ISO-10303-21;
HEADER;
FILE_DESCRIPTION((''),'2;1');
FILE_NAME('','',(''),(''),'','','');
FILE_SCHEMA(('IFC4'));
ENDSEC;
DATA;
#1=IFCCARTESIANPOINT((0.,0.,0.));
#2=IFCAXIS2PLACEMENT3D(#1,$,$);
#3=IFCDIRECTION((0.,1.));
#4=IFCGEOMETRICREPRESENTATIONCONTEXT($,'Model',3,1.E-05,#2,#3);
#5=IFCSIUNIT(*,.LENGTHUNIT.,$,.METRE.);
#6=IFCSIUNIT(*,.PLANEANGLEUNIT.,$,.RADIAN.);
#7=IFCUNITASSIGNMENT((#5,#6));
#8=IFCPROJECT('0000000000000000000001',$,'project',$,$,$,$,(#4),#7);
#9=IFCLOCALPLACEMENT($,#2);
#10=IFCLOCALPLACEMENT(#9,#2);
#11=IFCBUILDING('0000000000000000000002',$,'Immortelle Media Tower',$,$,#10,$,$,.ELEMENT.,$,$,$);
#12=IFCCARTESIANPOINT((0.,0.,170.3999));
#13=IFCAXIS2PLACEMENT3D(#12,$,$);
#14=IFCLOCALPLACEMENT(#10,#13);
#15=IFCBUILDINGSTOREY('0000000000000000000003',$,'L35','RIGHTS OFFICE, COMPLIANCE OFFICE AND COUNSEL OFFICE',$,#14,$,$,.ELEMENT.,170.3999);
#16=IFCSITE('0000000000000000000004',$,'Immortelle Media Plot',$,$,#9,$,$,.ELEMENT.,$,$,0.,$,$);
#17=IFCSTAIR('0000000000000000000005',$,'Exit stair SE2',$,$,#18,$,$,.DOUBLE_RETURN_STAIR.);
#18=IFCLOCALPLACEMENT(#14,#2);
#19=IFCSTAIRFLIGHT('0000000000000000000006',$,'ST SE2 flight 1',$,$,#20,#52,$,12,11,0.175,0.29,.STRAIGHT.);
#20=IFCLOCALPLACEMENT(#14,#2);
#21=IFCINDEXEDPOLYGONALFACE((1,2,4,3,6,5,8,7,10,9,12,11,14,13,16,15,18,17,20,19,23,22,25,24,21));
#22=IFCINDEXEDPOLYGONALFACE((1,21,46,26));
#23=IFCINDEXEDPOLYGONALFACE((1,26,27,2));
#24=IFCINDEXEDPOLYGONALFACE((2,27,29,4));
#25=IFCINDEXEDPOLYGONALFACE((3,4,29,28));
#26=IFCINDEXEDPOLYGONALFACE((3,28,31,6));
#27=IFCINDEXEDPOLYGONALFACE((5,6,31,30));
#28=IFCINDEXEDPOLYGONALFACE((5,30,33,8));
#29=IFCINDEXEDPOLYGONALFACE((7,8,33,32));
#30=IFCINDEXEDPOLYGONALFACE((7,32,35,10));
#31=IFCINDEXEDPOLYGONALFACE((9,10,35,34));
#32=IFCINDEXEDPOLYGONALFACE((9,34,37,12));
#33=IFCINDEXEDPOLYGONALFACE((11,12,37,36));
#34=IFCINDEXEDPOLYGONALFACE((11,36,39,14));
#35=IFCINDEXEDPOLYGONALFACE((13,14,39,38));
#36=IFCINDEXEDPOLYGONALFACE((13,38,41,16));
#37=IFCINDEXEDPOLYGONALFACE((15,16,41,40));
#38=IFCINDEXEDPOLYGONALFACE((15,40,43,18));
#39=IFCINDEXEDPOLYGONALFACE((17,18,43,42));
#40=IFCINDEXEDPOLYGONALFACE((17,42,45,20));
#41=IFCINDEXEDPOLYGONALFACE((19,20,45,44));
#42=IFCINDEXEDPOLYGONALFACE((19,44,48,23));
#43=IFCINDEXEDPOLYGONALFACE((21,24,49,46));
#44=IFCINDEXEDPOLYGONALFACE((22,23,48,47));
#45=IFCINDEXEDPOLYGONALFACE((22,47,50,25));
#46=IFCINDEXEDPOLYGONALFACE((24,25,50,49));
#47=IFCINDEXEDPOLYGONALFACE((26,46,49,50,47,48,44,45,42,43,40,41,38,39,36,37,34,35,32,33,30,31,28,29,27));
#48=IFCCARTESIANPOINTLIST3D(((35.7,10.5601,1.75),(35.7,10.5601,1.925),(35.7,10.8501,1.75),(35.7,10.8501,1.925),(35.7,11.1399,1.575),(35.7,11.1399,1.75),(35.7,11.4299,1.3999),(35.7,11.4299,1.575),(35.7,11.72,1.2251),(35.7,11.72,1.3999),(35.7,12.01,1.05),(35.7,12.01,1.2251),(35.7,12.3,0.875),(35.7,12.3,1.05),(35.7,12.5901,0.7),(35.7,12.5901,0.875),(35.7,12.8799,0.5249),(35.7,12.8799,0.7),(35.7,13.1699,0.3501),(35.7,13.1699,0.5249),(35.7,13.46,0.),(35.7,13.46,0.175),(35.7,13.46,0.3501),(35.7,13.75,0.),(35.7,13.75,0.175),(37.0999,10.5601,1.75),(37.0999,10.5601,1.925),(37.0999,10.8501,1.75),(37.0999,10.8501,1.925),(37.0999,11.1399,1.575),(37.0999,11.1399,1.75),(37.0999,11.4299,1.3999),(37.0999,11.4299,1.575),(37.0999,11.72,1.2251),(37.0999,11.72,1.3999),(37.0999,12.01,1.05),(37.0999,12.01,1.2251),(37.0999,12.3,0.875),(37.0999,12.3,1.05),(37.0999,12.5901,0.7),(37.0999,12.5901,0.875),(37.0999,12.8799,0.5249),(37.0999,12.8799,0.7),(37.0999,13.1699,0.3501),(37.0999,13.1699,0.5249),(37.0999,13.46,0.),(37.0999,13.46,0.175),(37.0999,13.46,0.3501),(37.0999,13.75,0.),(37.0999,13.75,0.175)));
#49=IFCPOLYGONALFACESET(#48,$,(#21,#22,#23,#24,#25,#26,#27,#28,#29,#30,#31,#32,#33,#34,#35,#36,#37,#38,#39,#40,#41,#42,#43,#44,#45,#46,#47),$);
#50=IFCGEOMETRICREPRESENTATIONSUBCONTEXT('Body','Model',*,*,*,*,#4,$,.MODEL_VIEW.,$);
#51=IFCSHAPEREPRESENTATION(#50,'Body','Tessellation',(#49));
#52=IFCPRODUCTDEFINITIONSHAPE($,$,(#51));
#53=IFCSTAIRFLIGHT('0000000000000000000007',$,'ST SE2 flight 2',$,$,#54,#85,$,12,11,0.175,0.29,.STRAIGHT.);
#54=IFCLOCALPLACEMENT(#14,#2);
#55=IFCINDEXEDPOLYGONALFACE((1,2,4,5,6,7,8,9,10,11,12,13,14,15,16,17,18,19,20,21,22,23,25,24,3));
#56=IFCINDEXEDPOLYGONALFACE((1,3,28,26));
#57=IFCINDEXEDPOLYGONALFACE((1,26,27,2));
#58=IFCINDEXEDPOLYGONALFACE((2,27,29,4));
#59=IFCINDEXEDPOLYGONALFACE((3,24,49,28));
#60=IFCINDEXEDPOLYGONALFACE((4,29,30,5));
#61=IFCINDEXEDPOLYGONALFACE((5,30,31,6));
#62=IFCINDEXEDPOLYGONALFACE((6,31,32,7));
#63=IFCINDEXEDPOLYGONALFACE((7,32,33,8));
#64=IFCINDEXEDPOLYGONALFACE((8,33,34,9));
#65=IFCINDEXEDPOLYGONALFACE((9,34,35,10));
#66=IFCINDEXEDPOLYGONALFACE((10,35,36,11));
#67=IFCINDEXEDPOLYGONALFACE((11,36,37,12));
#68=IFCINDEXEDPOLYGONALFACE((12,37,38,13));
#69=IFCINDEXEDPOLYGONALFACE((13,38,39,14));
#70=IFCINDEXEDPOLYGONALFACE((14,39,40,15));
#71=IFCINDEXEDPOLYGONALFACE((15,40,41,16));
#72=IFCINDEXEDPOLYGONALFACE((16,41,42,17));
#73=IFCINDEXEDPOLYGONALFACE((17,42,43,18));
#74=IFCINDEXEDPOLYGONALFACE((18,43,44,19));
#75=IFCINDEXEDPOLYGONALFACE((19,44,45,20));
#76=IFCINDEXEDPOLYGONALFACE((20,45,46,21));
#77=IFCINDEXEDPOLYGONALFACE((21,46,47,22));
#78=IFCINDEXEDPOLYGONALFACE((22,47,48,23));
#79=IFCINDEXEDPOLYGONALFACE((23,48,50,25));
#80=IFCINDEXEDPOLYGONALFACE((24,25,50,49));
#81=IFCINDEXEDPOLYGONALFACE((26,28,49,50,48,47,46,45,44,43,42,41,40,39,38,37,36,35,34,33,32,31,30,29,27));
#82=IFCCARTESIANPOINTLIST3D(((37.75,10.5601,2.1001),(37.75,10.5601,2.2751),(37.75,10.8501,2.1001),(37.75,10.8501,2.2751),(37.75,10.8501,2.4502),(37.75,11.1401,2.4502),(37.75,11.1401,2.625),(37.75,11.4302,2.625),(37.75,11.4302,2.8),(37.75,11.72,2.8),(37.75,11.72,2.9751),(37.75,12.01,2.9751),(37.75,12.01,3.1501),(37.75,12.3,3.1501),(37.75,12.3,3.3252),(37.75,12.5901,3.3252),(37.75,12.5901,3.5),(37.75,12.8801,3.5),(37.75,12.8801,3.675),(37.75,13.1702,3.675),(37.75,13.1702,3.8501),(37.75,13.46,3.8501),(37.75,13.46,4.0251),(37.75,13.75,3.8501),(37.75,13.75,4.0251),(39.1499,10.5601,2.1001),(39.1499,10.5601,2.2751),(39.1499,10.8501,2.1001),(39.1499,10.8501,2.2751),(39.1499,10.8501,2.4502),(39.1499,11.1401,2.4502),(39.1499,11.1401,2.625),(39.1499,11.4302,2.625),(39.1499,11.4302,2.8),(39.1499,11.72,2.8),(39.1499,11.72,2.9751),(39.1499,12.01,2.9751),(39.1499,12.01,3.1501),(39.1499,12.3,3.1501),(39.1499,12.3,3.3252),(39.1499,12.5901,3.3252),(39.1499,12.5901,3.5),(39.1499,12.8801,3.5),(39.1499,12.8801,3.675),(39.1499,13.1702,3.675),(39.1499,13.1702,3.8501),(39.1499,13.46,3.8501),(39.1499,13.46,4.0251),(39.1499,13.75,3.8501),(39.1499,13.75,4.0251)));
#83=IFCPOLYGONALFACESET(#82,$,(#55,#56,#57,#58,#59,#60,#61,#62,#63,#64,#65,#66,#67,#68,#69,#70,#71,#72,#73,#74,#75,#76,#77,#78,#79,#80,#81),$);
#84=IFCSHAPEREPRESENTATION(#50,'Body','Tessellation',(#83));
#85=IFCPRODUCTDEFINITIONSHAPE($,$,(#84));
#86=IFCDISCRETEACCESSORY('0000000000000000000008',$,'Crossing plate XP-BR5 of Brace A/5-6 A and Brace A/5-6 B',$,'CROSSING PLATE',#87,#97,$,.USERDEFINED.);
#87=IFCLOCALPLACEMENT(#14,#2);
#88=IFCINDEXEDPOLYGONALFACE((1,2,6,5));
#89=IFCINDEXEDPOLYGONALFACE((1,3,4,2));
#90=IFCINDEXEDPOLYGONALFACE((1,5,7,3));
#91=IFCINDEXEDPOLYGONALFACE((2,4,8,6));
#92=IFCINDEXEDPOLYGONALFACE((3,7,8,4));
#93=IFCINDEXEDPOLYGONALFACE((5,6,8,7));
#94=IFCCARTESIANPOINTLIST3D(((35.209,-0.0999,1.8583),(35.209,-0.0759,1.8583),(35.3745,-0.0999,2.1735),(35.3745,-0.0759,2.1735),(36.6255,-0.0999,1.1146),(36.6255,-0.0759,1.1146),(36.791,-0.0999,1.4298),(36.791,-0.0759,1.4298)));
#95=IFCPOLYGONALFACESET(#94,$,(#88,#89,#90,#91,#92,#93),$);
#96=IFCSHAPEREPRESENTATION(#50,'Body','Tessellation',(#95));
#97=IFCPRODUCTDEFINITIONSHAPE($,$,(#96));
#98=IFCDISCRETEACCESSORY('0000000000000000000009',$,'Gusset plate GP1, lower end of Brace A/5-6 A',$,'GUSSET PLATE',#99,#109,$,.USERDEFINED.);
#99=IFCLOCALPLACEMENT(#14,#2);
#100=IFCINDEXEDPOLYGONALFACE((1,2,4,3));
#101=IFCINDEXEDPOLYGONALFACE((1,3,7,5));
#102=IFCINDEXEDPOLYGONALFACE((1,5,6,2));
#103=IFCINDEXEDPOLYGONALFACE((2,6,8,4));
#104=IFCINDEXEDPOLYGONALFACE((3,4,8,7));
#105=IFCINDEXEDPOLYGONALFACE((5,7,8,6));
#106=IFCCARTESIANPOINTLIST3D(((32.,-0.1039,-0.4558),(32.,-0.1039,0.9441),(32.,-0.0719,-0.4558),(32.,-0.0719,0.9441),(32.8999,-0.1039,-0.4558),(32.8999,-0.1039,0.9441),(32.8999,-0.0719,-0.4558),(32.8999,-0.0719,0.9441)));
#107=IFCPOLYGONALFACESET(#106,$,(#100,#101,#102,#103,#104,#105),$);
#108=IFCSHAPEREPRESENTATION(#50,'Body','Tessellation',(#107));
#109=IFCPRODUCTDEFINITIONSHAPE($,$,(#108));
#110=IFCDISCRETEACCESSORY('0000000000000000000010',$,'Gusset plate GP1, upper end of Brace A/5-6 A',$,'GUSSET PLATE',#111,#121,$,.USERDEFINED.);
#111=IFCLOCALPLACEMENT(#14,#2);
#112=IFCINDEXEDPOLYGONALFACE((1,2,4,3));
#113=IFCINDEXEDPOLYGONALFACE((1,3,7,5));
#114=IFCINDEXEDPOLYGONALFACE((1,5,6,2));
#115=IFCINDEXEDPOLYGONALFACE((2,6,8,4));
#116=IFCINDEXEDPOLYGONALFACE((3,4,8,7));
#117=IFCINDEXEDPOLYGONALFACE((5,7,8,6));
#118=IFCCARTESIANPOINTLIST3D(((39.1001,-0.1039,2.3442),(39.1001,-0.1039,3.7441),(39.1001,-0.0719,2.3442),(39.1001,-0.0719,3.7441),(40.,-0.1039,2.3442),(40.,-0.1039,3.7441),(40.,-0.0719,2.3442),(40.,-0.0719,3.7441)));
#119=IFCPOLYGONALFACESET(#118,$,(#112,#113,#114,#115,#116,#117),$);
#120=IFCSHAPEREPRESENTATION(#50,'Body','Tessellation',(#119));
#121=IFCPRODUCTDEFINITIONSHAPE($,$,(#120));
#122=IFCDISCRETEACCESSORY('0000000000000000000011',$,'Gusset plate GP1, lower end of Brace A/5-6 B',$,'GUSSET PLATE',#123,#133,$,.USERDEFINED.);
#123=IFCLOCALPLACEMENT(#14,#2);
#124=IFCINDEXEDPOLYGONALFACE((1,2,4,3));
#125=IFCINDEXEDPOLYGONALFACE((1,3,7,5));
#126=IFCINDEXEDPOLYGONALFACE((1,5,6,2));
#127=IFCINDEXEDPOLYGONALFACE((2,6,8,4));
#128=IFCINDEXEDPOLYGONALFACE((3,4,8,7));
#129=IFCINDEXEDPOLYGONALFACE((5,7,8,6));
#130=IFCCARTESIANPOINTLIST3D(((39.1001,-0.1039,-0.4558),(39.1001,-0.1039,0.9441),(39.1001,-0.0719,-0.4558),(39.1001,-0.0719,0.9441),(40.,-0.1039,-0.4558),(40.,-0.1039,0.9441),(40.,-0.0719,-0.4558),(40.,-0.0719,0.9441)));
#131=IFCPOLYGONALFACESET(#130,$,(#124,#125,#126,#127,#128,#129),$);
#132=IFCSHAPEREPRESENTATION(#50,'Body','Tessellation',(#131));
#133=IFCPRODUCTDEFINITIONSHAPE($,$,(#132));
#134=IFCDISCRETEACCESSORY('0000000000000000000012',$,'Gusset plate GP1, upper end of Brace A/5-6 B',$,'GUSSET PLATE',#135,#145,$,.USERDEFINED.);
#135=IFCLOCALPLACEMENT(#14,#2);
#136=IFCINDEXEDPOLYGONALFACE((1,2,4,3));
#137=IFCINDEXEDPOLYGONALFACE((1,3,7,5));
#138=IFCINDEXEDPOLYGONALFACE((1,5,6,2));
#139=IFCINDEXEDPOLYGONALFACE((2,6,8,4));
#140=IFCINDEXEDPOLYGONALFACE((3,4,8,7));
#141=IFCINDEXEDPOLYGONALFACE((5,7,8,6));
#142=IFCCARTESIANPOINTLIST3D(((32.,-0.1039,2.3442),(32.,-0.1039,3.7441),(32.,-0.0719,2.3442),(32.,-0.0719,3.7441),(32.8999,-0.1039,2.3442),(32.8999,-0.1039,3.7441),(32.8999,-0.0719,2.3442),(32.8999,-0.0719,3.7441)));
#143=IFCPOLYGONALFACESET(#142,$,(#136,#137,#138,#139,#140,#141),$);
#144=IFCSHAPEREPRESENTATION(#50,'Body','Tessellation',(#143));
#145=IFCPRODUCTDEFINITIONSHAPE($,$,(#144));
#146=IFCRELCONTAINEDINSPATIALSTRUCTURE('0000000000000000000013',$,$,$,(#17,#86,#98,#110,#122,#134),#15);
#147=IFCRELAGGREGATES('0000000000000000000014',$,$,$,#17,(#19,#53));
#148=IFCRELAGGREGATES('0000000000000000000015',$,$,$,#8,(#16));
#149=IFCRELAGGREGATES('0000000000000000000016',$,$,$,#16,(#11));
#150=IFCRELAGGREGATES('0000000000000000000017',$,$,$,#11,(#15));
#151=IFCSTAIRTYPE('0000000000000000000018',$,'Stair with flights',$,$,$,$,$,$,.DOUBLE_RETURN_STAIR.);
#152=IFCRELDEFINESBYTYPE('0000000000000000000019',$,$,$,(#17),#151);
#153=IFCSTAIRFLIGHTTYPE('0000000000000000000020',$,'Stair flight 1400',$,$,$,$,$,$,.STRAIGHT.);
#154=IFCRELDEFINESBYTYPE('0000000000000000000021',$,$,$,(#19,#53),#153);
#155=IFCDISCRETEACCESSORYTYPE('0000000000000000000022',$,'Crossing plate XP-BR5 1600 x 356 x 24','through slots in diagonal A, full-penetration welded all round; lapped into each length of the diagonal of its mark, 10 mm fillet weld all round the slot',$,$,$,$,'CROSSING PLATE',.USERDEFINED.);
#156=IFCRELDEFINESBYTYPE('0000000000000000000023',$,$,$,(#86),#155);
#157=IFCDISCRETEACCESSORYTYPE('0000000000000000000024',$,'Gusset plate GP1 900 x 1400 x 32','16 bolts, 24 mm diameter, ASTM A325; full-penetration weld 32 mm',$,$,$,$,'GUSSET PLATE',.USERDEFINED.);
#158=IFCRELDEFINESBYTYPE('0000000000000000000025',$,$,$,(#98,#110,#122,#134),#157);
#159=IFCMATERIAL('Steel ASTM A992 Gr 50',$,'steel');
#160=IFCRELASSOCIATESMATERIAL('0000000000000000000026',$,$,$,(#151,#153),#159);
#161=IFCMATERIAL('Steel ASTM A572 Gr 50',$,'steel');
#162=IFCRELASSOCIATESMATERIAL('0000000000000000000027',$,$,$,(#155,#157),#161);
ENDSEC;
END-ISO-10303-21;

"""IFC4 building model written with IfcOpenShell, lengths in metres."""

from ifc_helpers import new_model, si_unit, direction, frame, origin, origin_2d, place, context, subcontext, project, spatial, polyline, rectangle, outline, extrude, material, material_profile, profile_set, type_object, element, aggregate, save


model = new_model("IFC4")

# Units and contexts
model_context = context("Model", 3, precision=1e-05, world=origin(), true_north=direction((0.0, 1.0)))
body_context = subcontext(model_context, "Body", "Model", "MODEL_VIEW")
ifc_project = project(units=[si_unit("LENGTHUNIT", "METRE"), si_unit("PLANEANGLEUNIT", "RADIAN")], contexts=[model_context])

# Site, building, storey
site_placement = place(None, origin())
site = spatial("IfcSite", under=ifc_project, at=site_placement, Name="Immortelle Media Plot", CompositionType="ELEMENT", RefElevation=0.0)
building_placement = place(site_placement, origin())
building = spatial("IfcBuilding", under=site, at=building_placement, Name="Immortelle Media Tower", CompositionType="ELEMENT")
storey_placement = place(building_placement, frame((0.0, 0.0, 170.3999)))
storey = spatial("IfcBuildingStorey", under=building, at=storey_placement, Name="L35", Description="RIGHTS OFFICE, COMPLIANCE OFFICE AND COUNSEL OFFICE", CompositionType="ELEMENT", Elevation=170.3999)

# Shared definitions
ifc_material_1 = material(Name="Steel ASTM A992 Gr 50", Category="steel")

# Stair, stair flights
stair_type = type_object("IfcStairType", Name="Stair with flights", PredefinedType="DOUBLE_RETURN_STAIR", material=ifc_material_1)
stair_flight_type = type_object("IfcStairFlightType", Name="Stair flight 1400", PredefinedType="STRAIGHT", material=ifc_material_1)
stair_1_placement = place(storey_placement, origin())
stair_1 = element("IfcStair", 1, at=stair_1_placement, inside=storey, type_object=stair_type, Name="Exit stair SE2", PredefinedType="DOUBLE_RETURN_STAIR")
stair_flight_1_placement = place(storey_placement, frame((36.3999, 13.75, 0.0), z_axis=(0.0, 0.0, 1.0), x_axis=(0.0, -1.0, 0.0)))
stair_flight_1 = element("IfcStairFlight", 2, at=stair_flight_1_placement, type_object=stair_flight_type, Name="ST SE2 flight 1", NumberOfRisers=12, NumberOfTreads=11, PredefinedType="STRAIGHT", RiserHeight=0.175, TreadLength=0.29, context=body_context, shape_type="SweptSolid", body=[
    extrude(outline(polyline([(0.0, 0.0), (0.0, 0.175), (0.29, 0.175), (0.29, 0.3501), (0.5801, 0.3501), (0.5801, 0.5249), (0.8701, 0.5249), (0.8701, 0.7), (1.1599, 0.7), (1.1599, 0.875), (1.45, 0.875), (1.45, 1.05), (1.74, 1.05), (1.74, 1.2251), (2.03, 1.2251), (2.03, 1.3999), (2.3201, 1.3999), (2.3201, 1.575), (2.6101, 1.575), (2.6101, 1.75), (2.8999, 1.75), (2.8999, 1.925), (3.1899, 1.925), (3.1899, 2.1001), (3.1899, 1.75), (0.29, 0.0), (0.0, 0.0)])), frame((0.0, 0.7, 0.0), z_axis=(0.0, -1.0, 0.0), x_axis=(1.0, 0.0, 0.0)), (0.0, 0.0, 1.0), 1.3999),
])
stair_flight_2_placement = place(storey_placement, frame((38.45, 10.5601, 2.1001), z_axis=(0.0, 0.0, 1.0), x_axis=(0.0, 1.0, 0.0)))
stair_flight_2 = element("IfcStairFlight", 3, at=stair_flight_2_placement, type_object=stair_flight_type, Name="ST SE2 flight 2", NumberOfRisers=12, NumberOfTreads=11, PredefinedType="STRAIGHT", RiserHeight=0.175, TreadLength=0.29, context=body_context, shape_type="SweptSolid", body=[
    extrude(outline(polyline([(0.0, 0.0), (0.0, 0.175), (0.29, 0.175), (0.29, 0.3501), (0.5801, 0.3501), (0.5801, 0.5249), (0.8701, 0.5249), (0.8701, 0.7), (1.1599, 0.7), (1.1599, 0.875), (1.45, 0.875), (1.45, 1.05), (1.74, 1.05), (1.74, 1.2251), (2.03, 1.2251), (2.03, 1.3999), (2.3201, 1.3999), (2.3201, 1.575), (2.6101, 1.575), (2.6101, 1.75), (2.8999, 1.75), (2.8999, 1.925), (3.1899, 1.925), (3.1899, 2.1001), (3.1899, 1.75), (0.29, 0.0), (0.0, 0.0)])), frame((0.0, 0.7, 0.0), z_axis=(0.0, -1.0, 0.0), x_axis=(1.0, 0.0, 0.0)), (0.0, 0.0, 1.0), 1.3999),
])
aggregate(stair_1, [stair_flight_1, stair_flight_2])

# Discrete accessories
ifc_material_2 = material(Name="Steel ASTM A572 Gr 50", Category="steel")
ifc_material_profile_1 = material_profile(ifc_material_2, rectangle(XDim=0.0239, YDim=0.356, at=origin_2d()), Name="PL 24 x 356")
ifc_profile_set_1 = profile_set([ifc_material_profile_1], Name="Steel ASTM A572 Gr 50")
discrete_accessory_type_1 = type_object("IfcDiscreteAccessoryType", Name="Crossing plate XP-BR5 1600 x 356 x 24", Description="through slots in diagonal A, full-penetration welded all round; lapped into each length of the diagonal of its mark, 10 mm fillet weld all round the slot", ElementType="CROSSING PLATE", PredefinedType="USERDEFINED", material=ifc_profile_set_1)
discrete_accessory_placement = place(storey_placement, frame((35.2917, -0.0879, 2.0159), z_axis=(0.885401, 0.0, -0.464828), x_axis=(0.0, 1.0, 0.0)))
element("IfcDiscreteAccessory", 4, at=discrete_accessory_placement, inside=storey, type_object=discrete_accessory_type_1, Name="Crossing plate XP-BR5 of Brace A/5-6 A and Brace A/5-6 B", ObjectType="CROSSING PLATE", PredefinedType="USERDEFINED", context=body_context, shape_type="SweptSolid", body=[
    extrude(rectangle(XDim=0.0239, YDim=0.356, at=origin_2d()), origin(), (0.0, 0.0, 1.0), 1.5999),
])
ifc_material_profile_2 = material_profile(ifc_material_2, rectangle(XDim=0.032, YDim=1.3999, at=origin_2d()), Name="PL 32 x 1400")
ifc_profile_set_2 = profile_set([ifc_material_profile_2], Name="Steel ASTM A572 Gr 50")
discrete_accessory_type_2 = type_object("IfcDiscreteAccessoryType", Name="Gusset plate GP1 900 x 1400 x 32", Description="16 bolts, 24 mm diameter, ASTM A325; full-penetration weld 32 mm", ElementType="GUSSET PLATE", PredefinedType="USERDEFINED", material=ifc_profile_set_2)
for number, where, z_axis, x_axis, name in (
    (5, (32.0, -0.0879, 0.2441), (1.0, 0.0, 0.0), (0.0, 1.0, 0.0), "Gusset plate GP1, lower end of Brace A/5-6 A"),
    (6, (40.0, -0.0879, 3.0442), (-1.0, 0.0, 0.0), (0.0, -1.0, 0.0), "Gusset plate GP1, upper end of Brace A/5-6 A"),
    (7, (40.0, -0.0879, 0.2441), (-1.0, 0.0, 0.0), (0.0, -1.0, 0.0), "Gusset plate GP1, lower end of Brace A/5-6 B"),
    (8, (32.0, -0.0879, 3.0442), (1.0, 0.0, 0.0), (0.0, 1.0, 0.0), "Gusset plate GP1, upper end of Brace A/5-6 B"),
):
    element("IfcDiscreteAccessory", number, at=place(storey_placement, frame(where, z_axis=z_axis, x_axis=x_axis)), inside=storey, type_object=discrete_accessory_type_2, Name=name, ObjectType="GUSSET PLATE", PredefinedType="USERDEFINED", context=body_context, shape_type="SweptSolid", body=[
        extrude(rectangle(XDim=0.032, YDim=1.3999, at=origin_2d()), origin(), (0.0, 0.0, 1.0), 0.8999),
    ])

save(model, "model.ifc")
